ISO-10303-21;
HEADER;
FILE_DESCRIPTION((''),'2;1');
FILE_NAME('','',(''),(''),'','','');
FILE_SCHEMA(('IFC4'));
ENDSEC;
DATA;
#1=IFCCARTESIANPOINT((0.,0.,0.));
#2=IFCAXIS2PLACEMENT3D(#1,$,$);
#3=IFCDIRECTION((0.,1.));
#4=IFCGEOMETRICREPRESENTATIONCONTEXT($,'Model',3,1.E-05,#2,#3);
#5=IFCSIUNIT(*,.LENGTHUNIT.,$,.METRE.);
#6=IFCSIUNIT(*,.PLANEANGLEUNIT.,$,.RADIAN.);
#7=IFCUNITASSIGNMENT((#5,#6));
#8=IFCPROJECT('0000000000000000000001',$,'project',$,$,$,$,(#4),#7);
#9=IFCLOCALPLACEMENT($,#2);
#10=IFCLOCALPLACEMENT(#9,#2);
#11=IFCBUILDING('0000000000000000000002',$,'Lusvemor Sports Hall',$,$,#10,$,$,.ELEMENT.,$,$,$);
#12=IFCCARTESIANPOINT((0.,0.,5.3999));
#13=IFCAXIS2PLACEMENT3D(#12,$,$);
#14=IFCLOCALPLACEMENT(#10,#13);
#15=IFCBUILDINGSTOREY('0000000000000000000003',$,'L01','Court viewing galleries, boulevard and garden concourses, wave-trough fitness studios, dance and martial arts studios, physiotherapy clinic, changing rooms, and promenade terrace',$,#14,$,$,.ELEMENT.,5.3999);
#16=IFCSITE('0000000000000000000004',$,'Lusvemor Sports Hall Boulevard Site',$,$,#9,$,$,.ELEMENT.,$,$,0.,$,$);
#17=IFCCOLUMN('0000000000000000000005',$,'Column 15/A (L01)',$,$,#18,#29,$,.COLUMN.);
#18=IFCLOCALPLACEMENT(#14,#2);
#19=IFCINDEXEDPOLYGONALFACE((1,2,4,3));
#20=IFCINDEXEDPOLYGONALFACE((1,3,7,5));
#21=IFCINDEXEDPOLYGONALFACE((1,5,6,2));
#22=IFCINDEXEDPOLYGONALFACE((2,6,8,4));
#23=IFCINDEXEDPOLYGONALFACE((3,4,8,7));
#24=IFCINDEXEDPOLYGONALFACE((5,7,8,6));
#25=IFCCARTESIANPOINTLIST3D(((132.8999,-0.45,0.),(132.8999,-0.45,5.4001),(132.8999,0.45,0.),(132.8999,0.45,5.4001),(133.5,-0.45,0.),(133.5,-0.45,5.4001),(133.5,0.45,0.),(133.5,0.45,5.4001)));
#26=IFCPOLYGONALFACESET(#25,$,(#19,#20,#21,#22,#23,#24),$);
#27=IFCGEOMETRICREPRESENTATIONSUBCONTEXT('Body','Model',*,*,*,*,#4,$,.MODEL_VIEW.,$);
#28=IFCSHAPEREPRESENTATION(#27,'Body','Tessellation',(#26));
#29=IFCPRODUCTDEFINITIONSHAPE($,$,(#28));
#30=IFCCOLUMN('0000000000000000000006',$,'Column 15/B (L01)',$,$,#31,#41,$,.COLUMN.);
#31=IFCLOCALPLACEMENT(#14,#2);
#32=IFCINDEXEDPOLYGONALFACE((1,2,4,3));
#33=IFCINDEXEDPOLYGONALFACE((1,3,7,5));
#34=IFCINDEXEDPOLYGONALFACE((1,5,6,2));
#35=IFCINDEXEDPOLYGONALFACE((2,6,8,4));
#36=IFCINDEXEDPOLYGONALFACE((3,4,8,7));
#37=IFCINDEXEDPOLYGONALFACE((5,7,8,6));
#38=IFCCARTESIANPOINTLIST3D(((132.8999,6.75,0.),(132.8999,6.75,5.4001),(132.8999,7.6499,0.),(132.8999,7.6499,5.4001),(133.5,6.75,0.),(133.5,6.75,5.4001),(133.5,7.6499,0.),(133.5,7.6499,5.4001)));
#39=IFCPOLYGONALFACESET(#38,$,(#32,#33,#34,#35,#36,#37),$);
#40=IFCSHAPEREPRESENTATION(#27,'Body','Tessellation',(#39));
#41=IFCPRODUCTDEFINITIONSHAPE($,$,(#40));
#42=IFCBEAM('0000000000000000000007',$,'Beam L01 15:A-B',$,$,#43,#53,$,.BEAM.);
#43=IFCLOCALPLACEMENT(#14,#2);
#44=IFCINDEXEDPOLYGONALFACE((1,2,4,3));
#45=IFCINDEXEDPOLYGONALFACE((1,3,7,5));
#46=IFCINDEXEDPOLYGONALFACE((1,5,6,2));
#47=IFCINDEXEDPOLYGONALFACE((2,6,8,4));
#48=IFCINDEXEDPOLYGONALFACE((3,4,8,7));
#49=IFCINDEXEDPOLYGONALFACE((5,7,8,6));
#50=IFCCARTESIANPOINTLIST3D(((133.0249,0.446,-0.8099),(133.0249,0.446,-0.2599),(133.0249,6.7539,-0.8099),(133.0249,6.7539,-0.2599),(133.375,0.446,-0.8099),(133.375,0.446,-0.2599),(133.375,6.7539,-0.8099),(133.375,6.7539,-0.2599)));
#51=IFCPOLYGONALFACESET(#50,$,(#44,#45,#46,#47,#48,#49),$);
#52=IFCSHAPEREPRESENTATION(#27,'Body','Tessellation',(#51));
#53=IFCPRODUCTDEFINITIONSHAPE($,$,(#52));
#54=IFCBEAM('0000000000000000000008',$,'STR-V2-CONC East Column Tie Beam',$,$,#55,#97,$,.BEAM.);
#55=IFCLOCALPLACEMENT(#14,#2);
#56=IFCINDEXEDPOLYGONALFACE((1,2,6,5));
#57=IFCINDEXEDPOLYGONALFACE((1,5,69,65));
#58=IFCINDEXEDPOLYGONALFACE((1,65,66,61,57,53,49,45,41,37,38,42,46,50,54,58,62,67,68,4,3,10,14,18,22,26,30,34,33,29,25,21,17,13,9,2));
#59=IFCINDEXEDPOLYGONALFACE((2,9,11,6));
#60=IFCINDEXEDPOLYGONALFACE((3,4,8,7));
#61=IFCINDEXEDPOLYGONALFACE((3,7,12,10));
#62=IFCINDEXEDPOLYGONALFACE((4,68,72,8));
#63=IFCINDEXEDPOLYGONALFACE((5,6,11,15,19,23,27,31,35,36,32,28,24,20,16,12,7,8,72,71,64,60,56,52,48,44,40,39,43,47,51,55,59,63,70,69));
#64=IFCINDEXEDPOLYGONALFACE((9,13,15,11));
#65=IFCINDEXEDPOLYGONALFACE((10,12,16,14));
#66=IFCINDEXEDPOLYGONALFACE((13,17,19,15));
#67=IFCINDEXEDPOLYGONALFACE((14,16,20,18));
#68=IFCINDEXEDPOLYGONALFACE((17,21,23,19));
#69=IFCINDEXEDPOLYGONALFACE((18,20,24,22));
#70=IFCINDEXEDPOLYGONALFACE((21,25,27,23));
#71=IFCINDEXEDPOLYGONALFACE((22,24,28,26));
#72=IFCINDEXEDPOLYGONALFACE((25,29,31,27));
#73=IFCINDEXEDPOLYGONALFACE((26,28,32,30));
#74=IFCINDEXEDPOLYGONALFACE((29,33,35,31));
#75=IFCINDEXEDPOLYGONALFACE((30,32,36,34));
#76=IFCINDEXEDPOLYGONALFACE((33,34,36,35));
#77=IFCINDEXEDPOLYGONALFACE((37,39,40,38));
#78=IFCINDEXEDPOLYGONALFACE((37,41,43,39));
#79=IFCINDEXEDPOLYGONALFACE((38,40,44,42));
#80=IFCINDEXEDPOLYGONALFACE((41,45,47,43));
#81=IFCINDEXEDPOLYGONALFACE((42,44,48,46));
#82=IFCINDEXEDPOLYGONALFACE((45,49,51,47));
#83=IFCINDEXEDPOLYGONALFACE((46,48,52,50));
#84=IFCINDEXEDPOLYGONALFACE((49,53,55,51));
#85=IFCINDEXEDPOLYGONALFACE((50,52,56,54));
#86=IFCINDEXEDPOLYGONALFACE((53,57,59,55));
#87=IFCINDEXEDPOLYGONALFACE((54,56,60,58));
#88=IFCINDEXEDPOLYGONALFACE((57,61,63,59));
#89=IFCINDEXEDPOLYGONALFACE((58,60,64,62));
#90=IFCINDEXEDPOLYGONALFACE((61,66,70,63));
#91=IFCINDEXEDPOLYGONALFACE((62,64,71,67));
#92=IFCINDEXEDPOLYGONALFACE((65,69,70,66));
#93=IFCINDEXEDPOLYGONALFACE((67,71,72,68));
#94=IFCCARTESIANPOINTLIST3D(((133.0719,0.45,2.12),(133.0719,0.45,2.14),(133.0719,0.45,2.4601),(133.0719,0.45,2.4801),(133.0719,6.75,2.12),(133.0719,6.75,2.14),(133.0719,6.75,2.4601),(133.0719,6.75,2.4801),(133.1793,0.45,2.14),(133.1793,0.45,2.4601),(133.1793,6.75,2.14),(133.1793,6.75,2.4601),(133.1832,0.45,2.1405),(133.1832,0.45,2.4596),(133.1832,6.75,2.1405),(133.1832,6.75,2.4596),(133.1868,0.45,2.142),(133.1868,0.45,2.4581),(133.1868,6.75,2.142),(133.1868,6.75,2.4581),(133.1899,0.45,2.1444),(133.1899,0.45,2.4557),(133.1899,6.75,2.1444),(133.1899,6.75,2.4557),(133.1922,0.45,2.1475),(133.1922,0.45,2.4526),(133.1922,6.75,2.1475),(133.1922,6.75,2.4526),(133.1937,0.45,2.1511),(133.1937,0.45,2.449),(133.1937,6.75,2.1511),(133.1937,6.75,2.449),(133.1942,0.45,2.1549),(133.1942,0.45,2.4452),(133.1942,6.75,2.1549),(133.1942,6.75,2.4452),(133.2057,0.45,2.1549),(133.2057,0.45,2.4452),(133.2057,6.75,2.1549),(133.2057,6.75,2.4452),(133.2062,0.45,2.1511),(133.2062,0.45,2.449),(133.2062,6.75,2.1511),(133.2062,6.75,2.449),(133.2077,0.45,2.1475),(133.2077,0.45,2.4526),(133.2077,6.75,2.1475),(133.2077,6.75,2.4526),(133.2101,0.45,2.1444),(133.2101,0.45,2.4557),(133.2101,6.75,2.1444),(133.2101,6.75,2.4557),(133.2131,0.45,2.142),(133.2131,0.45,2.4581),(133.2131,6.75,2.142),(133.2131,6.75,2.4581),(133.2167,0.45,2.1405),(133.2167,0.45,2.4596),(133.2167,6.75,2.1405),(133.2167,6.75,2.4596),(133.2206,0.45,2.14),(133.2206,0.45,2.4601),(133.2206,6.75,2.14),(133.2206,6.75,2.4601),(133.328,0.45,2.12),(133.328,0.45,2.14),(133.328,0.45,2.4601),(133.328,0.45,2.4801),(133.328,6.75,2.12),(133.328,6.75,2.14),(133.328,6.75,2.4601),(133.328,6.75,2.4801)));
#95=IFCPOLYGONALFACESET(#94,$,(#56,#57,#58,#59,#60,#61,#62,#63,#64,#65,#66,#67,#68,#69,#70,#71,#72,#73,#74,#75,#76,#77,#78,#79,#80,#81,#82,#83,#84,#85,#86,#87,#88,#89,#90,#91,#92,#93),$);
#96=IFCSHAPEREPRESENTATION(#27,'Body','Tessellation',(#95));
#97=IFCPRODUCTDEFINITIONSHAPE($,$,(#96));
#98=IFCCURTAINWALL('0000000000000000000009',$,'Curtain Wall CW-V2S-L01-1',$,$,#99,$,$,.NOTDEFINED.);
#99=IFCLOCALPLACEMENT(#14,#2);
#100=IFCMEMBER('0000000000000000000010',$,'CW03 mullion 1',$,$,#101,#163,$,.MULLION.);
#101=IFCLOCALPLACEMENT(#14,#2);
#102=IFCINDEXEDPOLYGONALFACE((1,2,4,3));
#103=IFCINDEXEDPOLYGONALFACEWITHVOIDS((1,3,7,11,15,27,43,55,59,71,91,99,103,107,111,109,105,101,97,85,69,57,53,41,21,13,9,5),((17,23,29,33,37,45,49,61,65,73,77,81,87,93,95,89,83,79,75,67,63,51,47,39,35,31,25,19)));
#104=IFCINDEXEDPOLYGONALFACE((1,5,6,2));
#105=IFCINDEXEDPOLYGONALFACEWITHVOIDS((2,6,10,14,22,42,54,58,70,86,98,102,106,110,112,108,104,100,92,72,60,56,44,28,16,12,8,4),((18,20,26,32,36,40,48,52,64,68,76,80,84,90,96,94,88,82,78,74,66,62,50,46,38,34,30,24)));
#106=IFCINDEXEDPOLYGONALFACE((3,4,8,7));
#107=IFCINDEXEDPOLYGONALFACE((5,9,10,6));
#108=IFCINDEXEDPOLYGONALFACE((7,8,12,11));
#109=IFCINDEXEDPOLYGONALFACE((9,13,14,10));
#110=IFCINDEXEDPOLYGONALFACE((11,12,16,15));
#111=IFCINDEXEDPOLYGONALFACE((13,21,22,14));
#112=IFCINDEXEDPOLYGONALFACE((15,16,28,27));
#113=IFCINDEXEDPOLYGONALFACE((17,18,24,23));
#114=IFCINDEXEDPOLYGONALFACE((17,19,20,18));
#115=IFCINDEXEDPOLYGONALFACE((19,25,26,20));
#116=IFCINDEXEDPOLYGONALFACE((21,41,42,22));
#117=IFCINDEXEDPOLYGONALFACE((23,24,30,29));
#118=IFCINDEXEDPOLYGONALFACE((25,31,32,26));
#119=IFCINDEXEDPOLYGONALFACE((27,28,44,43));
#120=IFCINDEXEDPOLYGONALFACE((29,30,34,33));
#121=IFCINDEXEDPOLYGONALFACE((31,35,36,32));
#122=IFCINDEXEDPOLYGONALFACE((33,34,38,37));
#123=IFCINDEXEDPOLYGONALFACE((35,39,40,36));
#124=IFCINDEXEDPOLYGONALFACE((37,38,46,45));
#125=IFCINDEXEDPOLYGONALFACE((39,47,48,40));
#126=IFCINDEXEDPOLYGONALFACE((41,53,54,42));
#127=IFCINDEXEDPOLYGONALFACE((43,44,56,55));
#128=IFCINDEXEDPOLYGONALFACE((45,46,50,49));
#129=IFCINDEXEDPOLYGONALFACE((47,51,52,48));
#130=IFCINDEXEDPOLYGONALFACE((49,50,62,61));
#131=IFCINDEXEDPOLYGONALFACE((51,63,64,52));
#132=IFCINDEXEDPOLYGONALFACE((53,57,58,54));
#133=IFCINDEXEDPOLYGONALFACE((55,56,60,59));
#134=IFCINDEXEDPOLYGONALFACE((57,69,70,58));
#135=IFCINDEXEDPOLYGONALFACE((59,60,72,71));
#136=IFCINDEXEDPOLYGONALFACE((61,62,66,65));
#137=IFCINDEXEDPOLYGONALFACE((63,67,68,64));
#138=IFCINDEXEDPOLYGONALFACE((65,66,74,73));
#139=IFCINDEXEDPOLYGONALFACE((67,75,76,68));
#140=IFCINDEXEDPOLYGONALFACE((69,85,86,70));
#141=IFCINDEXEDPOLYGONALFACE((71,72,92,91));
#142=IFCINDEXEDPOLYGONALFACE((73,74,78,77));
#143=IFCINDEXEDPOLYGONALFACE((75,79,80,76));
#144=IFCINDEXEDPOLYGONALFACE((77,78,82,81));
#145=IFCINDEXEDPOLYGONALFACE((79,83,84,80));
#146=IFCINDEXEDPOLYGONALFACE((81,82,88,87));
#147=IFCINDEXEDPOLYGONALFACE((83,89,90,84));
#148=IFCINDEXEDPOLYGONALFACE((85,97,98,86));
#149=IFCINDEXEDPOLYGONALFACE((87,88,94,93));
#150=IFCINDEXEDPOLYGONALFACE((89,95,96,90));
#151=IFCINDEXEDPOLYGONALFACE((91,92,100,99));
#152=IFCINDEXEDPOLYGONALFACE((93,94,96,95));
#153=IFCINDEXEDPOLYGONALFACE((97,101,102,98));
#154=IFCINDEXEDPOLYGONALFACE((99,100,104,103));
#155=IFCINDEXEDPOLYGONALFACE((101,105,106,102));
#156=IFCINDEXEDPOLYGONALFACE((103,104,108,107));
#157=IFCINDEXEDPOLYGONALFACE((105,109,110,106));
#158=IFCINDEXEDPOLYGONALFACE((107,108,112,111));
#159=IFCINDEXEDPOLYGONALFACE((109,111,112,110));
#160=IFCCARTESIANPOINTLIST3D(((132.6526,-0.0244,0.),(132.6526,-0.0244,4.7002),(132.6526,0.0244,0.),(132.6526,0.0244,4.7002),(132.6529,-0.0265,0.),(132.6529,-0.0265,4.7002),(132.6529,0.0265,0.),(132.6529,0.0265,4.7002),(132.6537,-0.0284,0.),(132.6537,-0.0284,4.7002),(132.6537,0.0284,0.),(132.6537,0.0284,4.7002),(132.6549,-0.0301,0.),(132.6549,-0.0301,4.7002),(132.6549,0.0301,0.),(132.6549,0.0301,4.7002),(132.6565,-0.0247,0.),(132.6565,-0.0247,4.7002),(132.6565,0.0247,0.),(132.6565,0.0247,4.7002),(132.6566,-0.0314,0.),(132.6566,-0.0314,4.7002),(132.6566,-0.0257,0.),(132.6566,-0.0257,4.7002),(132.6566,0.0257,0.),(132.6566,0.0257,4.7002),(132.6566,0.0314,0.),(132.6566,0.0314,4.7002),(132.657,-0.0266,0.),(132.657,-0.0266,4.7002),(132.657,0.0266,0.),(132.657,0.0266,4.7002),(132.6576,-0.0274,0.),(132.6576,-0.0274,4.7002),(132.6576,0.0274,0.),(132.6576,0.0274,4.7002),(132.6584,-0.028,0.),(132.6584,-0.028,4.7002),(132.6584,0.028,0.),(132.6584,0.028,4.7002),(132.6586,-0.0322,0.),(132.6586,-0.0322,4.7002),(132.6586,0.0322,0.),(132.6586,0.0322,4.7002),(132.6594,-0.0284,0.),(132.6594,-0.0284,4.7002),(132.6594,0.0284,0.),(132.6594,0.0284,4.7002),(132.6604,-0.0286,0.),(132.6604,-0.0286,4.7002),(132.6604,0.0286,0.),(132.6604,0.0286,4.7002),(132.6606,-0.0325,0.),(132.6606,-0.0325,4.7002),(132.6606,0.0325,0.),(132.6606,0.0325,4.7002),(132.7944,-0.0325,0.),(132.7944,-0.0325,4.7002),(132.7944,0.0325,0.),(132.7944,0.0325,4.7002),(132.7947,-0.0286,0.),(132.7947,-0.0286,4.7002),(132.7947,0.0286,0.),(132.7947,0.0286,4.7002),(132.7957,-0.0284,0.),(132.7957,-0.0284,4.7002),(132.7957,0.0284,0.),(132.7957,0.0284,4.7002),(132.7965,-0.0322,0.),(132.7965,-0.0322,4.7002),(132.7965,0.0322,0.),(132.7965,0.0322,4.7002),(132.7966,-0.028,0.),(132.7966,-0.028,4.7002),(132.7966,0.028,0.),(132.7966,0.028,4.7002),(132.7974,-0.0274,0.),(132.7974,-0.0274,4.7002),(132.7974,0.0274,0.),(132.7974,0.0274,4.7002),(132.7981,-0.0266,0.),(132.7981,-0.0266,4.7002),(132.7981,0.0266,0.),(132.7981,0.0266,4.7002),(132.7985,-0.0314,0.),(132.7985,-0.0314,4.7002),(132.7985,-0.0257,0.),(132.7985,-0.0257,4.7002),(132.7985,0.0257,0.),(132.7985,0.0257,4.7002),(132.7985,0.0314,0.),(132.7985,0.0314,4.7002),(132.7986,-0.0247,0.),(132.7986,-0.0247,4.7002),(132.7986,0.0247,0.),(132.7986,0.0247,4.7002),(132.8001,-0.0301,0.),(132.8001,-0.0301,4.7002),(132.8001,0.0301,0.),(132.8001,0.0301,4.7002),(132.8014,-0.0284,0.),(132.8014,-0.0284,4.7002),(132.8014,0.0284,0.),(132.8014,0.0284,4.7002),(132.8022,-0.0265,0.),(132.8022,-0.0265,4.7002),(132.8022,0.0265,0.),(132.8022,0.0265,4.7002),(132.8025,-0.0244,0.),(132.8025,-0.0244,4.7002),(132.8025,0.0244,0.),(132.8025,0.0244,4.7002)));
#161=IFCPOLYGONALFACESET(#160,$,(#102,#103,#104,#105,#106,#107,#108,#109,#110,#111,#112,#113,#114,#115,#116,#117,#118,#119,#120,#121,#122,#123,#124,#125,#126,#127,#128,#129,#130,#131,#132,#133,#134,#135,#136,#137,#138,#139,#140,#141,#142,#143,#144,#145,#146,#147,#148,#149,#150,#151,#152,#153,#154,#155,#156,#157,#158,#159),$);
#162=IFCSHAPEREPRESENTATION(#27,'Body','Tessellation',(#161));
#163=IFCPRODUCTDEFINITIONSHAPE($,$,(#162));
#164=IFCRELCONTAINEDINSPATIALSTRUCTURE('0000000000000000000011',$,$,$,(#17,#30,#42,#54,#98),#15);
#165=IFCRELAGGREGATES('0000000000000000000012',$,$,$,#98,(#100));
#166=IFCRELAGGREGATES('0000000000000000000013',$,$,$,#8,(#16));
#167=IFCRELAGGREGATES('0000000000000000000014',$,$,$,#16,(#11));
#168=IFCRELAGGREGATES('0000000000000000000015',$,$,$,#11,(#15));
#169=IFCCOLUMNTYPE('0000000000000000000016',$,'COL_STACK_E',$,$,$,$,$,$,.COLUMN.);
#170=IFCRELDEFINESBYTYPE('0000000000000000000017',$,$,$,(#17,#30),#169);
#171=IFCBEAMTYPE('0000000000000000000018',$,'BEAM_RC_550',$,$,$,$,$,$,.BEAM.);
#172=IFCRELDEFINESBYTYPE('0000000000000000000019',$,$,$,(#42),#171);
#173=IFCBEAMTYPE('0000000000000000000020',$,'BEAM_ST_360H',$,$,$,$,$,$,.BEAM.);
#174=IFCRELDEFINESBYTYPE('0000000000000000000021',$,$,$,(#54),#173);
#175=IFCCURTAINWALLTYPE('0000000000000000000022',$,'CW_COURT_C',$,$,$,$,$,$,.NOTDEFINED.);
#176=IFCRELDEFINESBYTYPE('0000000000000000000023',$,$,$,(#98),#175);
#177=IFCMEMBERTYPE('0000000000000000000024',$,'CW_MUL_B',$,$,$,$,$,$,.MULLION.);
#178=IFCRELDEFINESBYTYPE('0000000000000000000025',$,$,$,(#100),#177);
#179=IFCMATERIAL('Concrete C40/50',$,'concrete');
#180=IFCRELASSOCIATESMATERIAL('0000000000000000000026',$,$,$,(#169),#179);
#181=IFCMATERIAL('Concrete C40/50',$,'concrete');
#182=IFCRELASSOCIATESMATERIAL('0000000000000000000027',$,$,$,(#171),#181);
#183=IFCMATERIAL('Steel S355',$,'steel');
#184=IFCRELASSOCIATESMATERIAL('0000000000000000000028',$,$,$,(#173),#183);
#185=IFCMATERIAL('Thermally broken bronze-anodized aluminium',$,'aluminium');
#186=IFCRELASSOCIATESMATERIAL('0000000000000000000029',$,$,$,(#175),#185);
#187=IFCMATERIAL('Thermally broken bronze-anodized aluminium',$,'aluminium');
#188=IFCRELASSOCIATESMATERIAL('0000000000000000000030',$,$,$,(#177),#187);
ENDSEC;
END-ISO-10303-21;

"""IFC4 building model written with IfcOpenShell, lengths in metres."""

from ifc_helpers import new_model, si_unit, direction, frame, origin, origin_2d, place, context, subcontext, project, spatial, rectangle, hollow_rectangle, i_section, extrude, material, material_profile, profile_set, type_object, element, aggregate, save


model = new_model("IFC4")

# Units and contexts
model_context = context("Model", 3, precision=1e-05, world=origin(), true_north=direction((0.0, 1.0)))
body_context = subcontext(model_context, "Body", "Model", "MODEL_VIEW")
ifc_project = project(units=[si_unit("LENGTHUNIT", "METRE"), si_unit("PLANEANGLEUNIT", "RADIAN")], contexts=[model_context])

# Site, building, storey
site_placement = place(None, origin())
site = spatial("IfcSite", under=ifc_project, at=site_placement, Name="Lusvemor Sports Hall Boulevard Site", CompositionType="ELEMENT", RefElevation=0.0)
building_placement = place(site_placement, origin())
building = spatial("IfcBuilding", under=site, at=building_placement, Name="Lusvemor Sports Hall", CompositionType="ELEMENT")
storey_placement = place(building_placement, frame((0.0, 0.0, 5.3999)))
storey = spatial("IfcBuildingStorey", under=building, at=storey_placement, Name="L01", Description="Court viewing galleries, boulevard and garden concourses, wave-trough fitness studios, dance and martial arts studios, physiotherapy clinic, changing rooms, and promenade terrace", CompositionType="ELEMENT", Elevation=5.3999)

# Columns
ifc_material_1 = material(Name="Concrete C40/50", Category="concrete")
ifc_material_profile_1 = material_profile(ifc_material_1, rectangle(XDim=0.6001, YDim=0.8999, at=origin_2d()), Name="RC600x900")
ifc_profile_set_1 = profile_set([ifc_material_profile_1], Name="Concrete C40/50")
column_type = type_object("IfcColumnType", Name="COL_STACK_E", PredefinedType="COLUMN", material=ifc_profile_set_1)
for number, where, z_axis, x_axis, name in (
    (1, (133.2, 0.0, 0.0), (0.0, 0.0, 1.0), (1.0, 0.0, 0.0), "Column 15/A (L01)"),
    (2, (133.2, 7.2, 0.0), (0.0, 0.0, 1.0), (1.0, 0.0, 0.0), "Column 15/B (L01)"),
):
    element("IfcColumn", number, at=place(storey_placement, frame(where, z_axis=z_axis, x_axis=x_axis)), inside=storey, type_object=column_type, Name=name, PredefinedType="COLUMN", context=body_context, shape_type="SweptSolid", body=[
        extrude(rectangle(XDim=0.6001, YDim=0.8999, at=origin_2d()), origin(), (0.0, 0.0, 1.0), 5.4001),
    ])

# Beams
ifc_material_2 = material(Name="Concrete C40/50", Category="concrete")
ifc_material_profile_2 = material_profile(ifc_material_2, rectangle(XDim=0.3501, YDim=0.55, at=origin_2d()), Name="RC350x550")
ifc_profile_set_2 = profile_set([ifc_material_profile_2], Name="Concrete C40/50")
beam_type_1 = type_object("IfcBeamType", Name="BEAM_RC_550", PredefinedType="BEAM", material=ifc_profile_set_2)
beam_1_placement = place(storey_placement, frame((133.2, 0.446, -0.5349), z_axis=(0.0, 1.0, 0.0), x_axis=(-1.0, 0.0, 0.0)))
element("IfcBeam", 3, at=beam_1_placement, inside=storey, type_object=beam_type_1, Name="Beam L01 15:A-B", PredefinedType="BEAM", context=body_context, shape_type="SweptSolid", body=[
    extrude(rectangle(XDim=0.3501, YDim=0.55, at=origin_2d()), origin(), (0.0, 0.0, 1.0), 6.3079),
])
ifc_material_3 = material(Name="Steel S355", Category="steel")
ifc_material_profile_3 = material_profile(ifc_material_3, i_section(OverallWidth=0.2561, OverallDepth=0.3601, WebThickness=0.0115, FlangeThickness=0.02, FilletRadius=0.0149, at=origin_2d()), Name="W360x110.0")
ifc_profile_set_3 = profile_set([ifc_material_profile_3], Name="Steel S355")
beam_type_2 = type_object("IfcBeamType", Name="BEAM_ST_360H", PredefinedType="BEAM", material=ifc_profile_set_3)
beam_2_placement = place(storey_placement, frame((133.2, 0.45, 2.3), z_axis=(0.0, 1.0, 0.0), x_axis=(-1.0, 0.0, 0.0)))
element("IfcBeam", 4, at=beam_2_placement, inside=storey, type_object=beam_type_2, Name="STR-V2-CONC East Column Tie Beam", PredefinedType="BEAM", context=body_context, shape_type="SweptSolid", body=[
    extrude(i_section(OverallWidth=0.2561, OverallDepth=0.3601, WebThickness=0.0115, FlangeThickness=0.02, FilletRadius=0.0149, at=origin_2d()), origin(), (0.0, 0.0, 1.0), 6.3),
])

# Curtain wall, member
ifc_material_4 = material(Name="Thermally broken bronze-anodized aluminium", Category="aluminium")
curtain_wall_type = type_object("IfcCurtainWallType", Name="CW_COURT_C", PredefinedType="NOTDEFINED", material=ifc_material_4)
curtain_wall_placement = place(storey_placement, origin())
curtain_wall = element("IfcCurtainWall", 5, at=curtain_wall_placement, inside=storey, type_object=curtain_wall_type, Name="Curtain Wall CW-V2S-L01-1", PredefinedType="NOTDEFINED")
ifc_material_5 = material(Name="Thermally broken bronze-anodized aluminium", Category="aluminium")
ifc_material_profile_4 = material_profile(ifc_material_5, hollow_rectangle(XDim=0.0649, YDim=0.1499, WallThickness=0.0039, InnerFilletRadius=0.0039, OuterFilletRadius=0.0081, at=origin_2d()), Name="CWMUL150x65x4")
ifc_profile_set_4 = profile_set([ifc_material_profile_4], Name="Thermally broken bronze-anodized aluminium")
member_type_1 = type_object("IfcMemberType", Name="CW_MUL_B", PredefinedType="MULLION", material=ifc_profile_set_4)
member_1_placement = place(storey_placement, frame((132.7275, 0.0, 0.0), z_axis=(0.0, 0.0, 1.0), x_axis=(0.0, -1.0, 0.0)))
member_1 = element("IfcMember", 6, at=member_1_placement, type_object=member_type_1, Name="CW03 mullion 1", PredefinedType="MULLION", context=body_context, shape_type="SweptSolid", body=[
    extrude(hollow_rectangle(XDim=0.0649, YDim=0.1499, WallThickness=0.0039, InnerFilletRadius=0.0039, OuterFilletRadius=0.0081, at=origin_2d()), origin(), (0.0, 0.0, 1.0), 4.7002),
])

aggregate(curtain_wall, [member_1])

save(model, "model.ifc")
